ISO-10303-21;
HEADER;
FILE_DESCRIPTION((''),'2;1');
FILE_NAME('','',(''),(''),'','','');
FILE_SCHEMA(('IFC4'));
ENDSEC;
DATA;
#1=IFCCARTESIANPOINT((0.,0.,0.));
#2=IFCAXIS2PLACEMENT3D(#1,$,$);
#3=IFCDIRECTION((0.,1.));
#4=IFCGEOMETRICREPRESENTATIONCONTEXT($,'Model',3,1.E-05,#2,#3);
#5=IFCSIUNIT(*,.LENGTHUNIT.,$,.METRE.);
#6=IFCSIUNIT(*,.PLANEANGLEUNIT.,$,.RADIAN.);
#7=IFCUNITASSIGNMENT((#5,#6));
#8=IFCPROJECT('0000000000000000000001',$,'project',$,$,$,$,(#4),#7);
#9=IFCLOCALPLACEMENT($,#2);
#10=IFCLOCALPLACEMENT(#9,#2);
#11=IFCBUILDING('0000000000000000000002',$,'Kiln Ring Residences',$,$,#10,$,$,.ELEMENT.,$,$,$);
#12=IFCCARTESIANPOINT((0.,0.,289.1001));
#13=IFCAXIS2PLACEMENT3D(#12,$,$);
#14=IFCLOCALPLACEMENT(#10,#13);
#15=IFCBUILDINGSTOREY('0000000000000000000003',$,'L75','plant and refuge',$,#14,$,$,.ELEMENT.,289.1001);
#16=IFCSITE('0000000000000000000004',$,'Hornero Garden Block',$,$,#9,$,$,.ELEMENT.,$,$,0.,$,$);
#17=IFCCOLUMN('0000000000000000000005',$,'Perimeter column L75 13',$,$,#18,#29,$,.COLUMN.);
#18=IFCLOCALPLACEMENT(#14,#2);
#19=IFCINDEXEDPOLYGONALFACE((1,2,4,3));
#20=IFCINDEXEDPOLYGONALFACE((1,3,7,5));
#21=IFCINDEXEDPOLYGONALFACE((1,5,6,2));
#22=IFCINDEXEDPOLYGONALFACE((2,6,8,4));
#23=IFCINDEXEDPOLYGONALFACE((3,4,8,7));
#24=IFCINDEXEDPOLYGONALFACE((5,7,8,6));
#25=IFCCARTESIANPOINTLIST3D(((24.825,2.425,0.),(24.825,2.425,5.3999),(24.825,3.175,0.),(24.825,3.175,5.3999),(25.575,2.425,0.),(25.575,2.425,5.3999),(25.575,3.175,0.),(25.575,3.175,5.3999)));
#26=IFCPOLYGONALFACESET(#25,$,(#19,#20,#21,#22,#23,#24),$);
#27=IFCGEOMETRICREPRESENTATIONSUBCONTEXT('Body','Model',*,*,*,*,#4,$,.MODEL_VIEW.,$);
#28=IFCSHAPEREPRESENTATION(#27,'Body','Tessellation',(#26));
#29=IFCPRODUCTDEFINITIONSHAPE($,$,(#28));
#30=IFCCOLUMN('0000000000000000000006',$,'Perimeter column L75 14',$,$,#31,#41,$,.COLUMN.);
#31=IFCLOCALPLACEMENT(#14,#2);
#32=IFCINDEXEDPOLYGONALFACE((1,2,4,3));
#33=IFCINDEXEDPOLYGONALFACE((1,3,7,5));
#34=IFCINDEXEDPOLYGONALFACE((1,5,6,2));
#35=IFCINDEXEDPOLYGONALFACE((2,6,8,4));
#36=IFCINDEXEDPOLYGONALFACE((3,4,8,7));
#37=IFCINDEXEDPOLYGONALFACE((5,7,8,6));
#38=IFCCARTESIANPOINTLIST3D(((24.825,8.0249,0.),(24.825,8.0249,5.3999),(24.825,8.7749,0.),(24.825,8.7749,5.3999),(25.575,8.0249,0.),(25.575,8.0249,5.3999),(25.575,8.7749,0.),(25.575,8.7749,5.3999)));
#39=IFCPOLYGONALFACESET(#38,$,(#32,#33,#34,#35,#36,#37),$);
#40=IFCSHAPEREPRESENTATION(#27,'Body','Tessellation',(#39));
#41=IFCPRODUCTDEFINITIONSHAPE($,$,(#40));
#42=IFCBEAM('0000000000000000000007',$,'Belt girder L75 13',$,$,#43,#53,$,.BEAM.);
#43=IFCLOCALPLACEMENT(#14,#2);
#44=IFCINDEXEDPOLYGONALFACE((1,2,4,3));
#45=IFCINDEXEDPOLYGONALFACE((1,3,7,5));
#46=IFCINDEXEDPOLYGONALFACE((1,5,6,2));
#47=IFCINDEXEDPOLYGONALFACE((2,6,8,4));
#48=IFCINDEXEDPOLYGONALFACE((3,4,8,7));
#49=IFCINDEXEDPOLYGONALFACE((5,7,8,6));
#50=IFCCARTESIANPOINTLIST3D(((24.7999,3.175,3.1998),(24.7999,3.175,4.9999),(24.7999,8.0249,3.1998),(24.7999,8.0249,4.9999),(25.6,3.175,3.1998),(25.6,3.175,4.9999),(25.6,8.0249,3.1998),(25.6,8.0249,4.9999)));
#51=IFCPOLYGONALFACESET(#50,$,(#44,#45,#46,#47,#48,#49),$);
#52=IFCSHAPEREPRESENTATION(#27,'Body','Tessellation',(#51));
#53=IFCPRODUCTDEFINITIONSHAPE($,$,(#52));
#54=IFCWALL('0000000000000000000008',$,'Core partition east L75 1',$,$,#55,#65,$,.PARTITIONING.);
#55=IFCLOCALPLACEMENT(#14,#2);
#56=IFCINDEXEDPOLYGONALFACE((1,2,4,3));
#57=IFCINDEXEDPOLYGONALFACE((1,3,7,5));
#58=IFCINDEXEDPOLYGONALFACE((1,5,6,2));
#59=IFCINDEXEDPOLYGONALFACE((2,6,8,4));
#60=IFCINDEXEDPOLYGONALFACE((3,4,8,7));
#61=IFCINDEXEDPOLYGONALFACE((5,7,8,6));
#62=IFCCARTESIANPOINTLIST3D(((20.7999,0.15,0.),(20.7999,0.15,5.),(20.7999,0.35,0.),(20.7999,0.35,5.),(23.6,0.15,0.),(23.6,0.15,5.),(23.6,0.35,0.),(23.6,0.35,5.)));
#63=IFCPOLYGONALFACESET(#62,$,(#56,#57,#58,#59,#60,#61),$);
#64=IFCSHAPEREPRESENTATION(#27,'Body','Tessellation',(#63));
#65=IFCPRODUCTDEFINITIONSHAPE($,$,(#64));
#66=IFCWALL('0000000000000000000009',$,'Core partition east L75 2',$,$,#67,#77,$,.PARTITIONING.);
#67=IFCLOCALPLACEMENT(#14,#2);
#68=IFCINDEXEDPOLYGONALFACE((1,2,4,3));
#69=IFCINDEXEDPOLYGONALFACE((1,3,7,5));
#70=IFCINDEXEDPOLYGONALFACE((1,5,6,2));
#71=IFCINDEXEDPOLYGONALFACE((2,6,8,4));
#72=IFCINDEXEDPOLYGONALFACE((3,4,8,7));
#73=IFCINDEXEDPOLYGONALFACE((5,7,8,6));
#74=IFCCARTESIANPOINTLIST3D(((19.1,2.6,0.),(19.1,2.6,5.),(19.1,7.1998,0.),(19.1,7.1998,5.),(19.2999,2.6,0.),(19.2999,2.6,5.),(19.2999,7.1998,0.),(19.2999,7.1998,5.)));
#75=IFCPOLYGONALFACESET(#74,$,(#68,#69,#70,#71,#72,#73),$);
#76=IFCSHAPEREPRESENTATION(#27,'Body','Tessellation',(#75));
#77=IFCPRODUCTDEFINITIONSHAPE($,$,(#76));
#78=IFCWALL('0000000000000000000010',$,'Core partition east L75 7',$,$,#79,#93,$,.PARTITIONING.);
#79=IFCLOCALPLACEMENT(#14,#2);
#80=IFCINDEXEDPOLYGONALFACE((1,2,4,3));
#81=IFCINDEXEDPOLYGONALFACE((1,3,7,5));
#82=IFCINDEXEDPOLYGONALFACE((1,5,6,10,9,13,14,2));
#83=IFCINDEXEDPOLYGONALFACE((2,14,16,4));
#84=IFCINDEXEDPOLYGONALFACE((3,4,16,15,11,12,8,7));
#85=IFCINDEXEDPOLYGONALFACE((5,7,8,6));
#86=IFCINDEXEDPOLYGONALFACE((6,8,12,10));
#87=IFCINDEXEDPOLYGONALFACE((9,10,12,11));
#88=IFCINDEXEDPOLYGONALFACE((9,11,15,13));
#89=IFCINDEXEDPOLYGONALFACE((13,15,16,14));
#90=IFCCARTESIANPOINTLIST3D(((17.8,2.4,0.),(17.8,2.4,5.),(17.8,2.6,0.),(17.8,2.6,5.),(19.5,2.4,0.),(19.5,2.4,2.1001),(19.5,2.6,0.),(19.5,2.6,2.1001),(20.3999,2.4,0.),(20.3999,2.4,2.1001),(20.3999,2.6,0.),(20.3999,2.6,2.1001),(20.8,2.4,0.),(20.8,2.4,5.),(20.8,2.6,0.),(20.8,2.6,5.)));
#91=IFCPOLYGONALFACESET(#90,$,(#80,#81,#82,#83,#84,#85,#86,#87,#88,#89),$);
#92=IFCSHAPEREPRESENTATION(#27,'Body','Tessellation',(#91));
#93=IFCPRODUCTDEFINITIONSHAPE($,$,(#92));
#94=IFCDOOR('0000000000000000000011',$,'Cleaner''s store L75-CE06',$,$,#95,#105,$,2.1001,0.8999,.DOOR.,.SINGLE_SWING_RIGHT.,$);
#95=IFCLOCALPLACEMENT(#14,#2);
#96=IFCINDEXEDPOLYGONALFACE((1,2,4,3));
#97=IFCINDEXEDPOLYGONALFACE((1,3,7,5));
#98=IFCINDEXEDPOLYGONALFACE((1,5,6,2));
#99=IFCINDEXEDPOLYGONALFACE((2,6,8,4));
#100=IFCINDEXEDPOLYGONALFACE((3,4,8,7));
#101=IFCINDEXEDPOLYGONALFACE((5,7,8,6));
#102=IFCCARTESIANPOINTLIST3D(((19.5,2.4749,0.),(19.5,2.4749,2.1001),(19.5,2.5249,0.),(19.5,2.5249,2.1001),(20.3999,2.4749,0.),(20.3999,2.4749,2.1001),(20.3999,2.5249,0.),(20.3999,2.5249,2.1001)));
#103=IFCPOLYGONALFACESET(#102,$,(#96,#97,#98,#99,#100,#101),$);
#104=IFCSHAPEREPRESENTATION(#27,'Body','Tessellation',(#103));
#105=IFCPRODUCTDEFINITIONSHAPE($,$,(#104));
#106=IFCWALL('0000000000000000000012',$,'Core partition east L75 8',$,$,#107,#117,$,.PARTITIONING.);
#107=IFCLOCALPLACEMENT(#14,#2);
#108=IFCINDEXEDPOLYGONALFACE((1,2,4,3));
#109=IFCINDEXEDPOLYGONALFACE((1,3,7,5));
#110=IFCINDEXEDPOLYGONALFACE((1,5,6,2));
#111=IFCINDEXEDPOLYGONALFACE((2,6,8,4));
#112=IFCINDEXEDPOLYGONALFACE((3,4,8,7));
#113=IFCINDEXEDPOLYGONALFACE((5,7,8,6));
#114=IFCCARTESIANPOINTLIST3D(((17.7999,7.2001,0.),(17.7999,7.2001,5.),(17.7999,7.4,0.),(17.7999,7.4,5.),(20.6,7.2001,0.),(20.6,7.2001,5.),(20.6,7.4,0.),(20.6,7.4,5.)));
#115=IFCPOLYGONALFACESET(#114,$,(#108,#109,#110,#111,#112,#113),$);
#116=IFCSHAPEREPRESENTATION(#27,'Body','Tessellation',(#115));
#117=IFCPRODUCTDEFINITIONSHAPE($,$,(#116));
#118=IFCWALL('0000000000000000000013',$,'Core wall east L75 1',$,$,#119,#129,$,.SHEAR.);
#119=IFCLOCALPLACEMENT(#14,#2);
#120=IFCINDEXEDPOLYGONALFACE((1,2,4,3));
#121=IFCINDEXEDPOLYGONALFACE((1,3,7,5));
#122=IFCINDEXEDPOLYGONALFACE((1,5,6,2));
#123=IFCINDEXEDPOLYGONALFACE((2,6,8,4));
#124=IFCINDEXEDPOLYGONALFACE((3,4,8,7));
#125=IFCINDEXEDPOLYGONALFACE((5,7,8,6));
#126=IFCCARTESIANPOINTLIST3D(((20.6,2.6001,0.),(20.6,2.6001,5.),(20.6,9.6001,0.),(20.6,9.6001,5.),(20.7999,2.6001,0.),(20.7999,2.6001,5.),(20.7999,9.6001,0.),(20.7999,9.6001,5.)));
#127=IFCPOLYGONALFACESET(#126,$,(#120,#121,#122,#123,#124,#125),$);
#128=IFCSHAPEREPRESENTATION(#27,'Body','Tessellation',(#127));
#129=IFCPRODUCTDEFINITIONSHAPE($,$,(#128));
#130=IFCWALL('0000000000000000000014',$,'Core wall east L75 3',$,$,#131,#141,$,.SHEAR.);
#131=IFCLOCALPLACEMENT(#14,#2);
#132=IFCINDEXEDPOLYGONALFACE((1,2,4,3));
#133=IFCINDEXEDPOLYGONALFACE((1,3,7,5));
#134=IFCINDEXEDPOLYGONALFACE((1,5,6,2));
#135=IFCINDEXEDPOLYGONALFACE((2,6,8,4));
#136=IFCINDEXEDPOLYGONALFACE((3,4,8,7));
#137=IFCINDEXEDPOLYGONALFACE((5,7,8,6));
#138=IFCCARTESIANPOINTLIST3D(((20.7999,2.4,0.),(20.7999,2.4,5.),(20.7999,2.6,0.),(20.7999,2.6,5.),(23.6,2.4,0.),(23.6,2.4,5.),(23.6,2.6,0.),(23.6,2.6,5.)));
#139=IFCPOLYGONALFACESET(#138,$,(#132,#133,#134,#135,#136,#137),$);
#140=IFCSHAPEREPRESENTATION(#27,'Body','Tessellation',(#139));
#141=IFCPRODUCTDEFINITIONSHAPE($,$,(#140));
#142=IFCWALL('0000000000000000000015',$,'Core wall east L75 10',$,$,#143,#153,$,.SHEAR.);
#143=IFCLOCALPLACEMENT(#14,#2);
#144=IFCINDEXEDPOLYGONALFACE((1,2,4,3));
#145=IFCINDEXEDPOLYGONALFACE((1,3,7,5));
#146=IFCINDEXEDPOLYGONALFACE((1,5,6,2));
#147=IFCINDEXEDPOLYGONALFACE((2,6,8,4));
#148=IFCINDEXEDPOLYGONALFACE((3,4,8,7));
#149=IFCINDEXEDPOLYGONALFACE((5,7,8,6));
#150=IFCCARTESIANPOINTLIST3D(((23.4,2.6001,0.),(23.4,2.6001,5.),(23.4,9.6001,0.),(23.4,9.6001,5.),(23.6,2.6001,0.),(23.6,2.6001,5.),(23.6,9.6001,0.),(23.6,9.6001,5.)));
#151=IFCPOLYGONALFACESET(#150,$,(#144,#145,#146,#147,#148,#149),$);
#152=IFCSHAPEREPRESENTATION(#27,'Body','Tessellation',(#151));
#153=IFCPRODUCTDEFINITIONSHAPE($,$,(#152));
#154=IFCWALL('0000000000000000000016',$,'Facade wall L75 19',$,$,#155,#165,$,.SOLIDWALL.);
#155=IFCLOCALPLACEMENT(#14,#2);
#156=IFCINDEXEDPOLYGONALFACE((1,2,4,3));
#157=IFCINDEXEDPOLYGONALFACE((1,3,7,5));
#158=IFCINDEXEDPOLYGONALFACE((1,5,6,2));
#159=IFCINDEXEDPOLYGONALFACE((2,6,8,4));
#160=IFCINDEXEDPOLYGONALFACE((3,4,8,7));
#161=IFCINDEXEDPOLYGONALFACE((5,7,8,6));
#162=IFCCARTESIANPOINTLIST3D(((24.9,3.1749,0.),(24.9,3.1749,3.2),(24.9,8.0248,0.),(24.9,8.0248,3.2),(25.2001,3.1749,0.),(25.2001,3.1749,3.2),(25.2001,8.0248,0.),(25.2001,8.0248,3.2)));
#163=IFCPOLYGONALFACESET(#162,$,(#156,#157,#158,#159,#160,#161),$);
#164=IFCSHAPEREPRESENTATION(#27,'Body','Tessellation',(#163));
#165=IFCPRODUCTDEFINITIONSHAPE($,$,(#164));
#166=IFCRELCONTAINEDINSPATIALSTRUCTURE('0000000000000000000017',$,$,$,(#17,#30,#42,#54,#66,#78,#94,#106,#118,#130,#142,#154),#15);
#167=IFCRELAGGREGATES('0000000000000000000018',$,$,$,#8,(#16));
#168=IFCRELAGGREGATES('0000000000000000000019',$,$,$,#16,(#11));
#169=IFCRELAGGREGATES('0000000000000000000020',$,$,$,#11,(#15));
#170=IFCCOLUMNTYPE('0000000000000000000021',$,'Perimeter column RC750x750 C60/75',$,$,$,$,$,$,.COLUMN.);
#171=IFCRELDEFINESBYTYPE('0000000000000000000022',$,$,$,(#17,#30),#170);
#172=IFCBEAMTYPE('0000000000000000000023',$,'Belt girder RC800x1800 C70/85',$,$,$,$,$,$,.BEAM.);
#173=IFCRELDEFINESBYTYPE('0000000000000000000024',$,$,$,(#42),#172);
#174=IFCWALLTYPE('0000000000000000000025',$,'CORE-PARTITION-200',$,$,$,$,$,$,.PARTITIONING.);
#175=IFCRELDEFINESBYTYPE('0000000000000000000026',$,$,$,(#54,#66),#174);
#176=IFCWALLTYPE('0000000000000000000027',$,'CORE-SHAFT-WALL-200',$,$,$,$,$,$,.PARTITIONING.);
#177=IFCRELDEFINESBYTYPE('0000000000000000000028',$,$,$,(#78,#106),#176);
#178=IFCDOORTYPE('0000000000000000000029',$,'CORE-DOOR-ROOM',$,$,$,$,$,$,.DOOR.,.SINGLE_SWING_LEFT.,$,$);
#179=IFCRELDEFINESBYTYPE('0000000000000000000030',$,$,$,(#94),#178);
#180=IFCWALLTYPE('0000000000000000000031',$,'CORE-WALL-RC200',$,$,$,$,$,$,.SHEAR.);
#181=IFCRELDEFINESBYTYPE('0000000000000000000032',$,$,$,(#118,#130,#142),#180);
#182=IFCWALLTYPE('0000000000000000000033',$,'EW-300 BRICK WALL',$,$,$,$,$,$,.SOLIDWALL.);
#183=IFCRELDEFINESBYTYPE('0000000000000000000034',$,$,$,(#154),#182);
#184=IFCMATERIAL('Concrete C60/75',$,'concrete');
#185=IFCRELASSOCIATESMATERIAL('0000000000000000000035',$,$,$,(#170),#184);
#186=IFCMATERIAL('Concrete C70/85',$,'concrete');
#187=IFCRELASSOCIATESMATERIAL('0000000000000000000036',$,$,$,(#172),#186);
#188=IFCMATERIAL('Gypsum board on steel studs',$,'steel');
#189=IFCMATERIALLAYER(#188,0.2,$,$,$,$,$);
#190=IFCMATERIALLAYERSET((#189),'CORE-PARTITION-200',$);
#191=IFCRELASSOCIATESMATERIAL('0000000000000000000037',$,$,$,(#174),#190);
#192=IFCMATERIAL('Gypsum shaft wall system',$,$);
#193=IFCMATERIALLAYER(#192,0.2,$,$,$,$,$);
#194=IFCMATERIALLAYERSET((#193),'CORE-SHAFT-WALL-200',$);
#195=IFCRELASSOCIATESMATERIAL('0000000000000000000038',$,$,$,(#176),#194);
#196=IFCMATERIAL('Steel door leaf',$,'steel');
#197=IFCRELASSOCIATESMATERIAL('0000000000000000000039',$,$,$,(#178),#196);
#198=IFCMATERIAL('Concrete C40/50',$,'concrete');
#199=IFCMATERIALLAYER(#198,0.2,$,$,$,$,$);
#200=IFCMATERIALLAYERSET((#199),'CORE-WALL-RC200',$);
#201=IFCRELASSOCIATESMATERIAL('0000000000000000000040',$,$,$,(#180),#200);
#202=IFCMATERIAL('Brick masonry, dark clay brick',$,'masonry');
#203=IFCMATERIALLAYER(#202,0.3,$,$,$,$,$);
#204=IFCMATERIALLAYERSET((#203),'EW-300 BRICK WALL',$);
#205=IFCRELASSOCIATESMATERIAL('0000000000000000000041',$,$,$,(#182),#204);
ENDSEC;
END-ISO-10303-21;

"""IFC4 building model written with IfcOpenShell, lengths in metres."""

from ifc_helpers import new_model, si_unit, direction, frame, frame_2d, origin, origin_2d, place, context, subcontext, project, spatial, rectangle, extrude, material, layer, layer_set, material_profile, profile_set, type_object, element, fill, save


model = new_model("IFC4")

# Units and contexts
model_context = context("Model", 3, precision=1e-05, world=origin(), true_north=direction((0.0, 1.0)))
body_context = subcontext(model_context, "Body", "Model", "MODEL_VIEW")
ifc_project = project(units=[si_unit("LENGTHUNIT", "METRE"), si_unit("PLANEANGLEUNIT", "RADIAN")], contexts=[model_context])

# Site, building, storey
site_placement = place(None, origin())
site = spatial("IfcSite", under=ifc_project, at=site_placement, Name="Hornero Garden Block", CompositionType="ELEMENT", RefElevation=0.0)
building_placement = place(site_placement, origin())
building = spatial("IfcBuilding", under=site, at=building_placement, Name="Kiln Ring Residences", CompositionType="ELEMENT")
storey_placement = place(building_placement, frame((0.0, 0.0, 289.1001)))
storey = spatial("IfcBuildingStorey", under=building, at=storey_placement, Name="L75", Description="plant and refuge", CompositionType="ELEMENT", Elevation=289.1001)

# Columns
ifc_material_1 = material(Name="Concrete C60/75", Category="concrete")
ifc_material_profile_1 = material_profile(ifc_material_1, rectangle(XDim=0.75, YDim=0.75, at=origin_2d()), Name="RC750x750")
ifc_profile_set_1 = profile_set([ifc_material_profile_1], Name="Concrete C60/75")
column_type = type_object("IfcColumnType", Name="Perimeter column RC750x750 C60/75", PredefinedType="COLUMN", material=ifc_profile_set_1)
for number, where, z_axis, x_axis, name in (
    (1, (25.2, 2.8, 0.0), (0.0, 0.0, 1.0), (1.0, 0.0, 0.0), "Perimeter column L75 13"),
    (2, (25.2, 8.3999, 0.0), (0.0, 0.0, 1.0), (1.0, 0.0, 0.0), "Perimeter column L75 14"),
):
    element("IfcColumn", number, at=place(storey_placement, frame(where, z_axis=z_axis, x_axis=x_axis)), inside=storey, type_object=column_type, Name=name, PredefinedType="COLUMN", context=body_context, shape_type="SweptSolid", body=[
        extrude(rectangle(XDim=0.75, YDim=0.75, at=origin_2d()), origin(), (0.0, 0.0, 1.0), 5.3999),
    ])

# Beam
ifc_material_2 = material(Name="Concrete C70/85", Category="concrete")
ifc_material_profile_2 = material_profile(ifc_material_2, rectangle(XDim=0.8, YDim=1.8, at=origin_2d()), Name="RC800x1800")
ifc_profile_set_2 = profile_set([ifc_material_profile_2], Name="Concrete C70/85")
beam_type = type_object("IfcBeamType", Name="Belt girder RC800x1800 C70/85", PredefinedType="BEAM", material=ifc_profile_set_2)
beam_placement = place(storey_placement, frame((25.2, 3.175, 4.0999), z_axis=(0.0, 1.0, 0.0), x_axis=(-1.0, 0.0, 0.0)))
element("IfcBeam", 3, at=beam_placement, inside=storey, type_object=beam_type, Name="Belt girder L75 13", PredefinedType="BEAM", context=body_context, shape_type="SweptSolid", body=[
    extrude(rectangle(XDim=0.8, YDim=1.8, at=origin_2d()), origin(), (0.0, 0.0, 1.0), 4.8499),
])

# Walls
ifc_material_3 = material(Name="Gypsum board on steel studs", Category="steel")
ifc_layer_1 = layer(ifc_material_3, 0.2)
ifc_layer_set_1 = layer_set([ifc_layer_1], Name="CORE-PARTITION-200")
wall_type_1 = type_object("IfcWallType", Name="CORE-PARTITION-200", PredefinedType="PARTITIONING", material=ifc_layer_set_1)
wall_1_placement = place(storey_placement, frame((20.8, 0.25, 0.0), z_axis=(0.0, 0.0, 1.0), x_axis=(1.0, 0.0, 0.0)))
element("IfcWall", 4, at=wall_1_placement, inside=storey, type_object=wall_type_1, Name="Core partition east L75 1", PredefinedType="PARTITIONING", context=body_context, shape_type="SweptSolid", body=[
    extrude(rectangle(XDim=2.8, YDim=0.2, at=frame_2d((1.3999, 0.0))), origin(), (0.0, 0.0, 1.0), 5.0),
])
wall_2_placement = place(storey_placement, frame((19.2, 2.6001, 0.0), z_axis=(0.0, 0.0, 1.0), x_axis=(0.0, 1.0, 0.0)))
element("IfcWall", 5, at=wall_2_placement, inside=storey, type_object=wall_type_1, Name="Core partition east L75 2", PredefinedType="PARTITIONING", context=body_context, shape_type="SweptSolid", body=[
    extrude(rectangle(XDim=4.5999, YDim=0.2, at=frame_2d((2.2998, 0.0))), origin(), (0.0, 0.0, 1.0), 5.0),
])

# Wall, opening, door
ifc_material_4 = material(Name="Gypsum shaft wall system")
ifc_layer_2 = layer(ifc_material_4, 0.2)
ifc_layer_set_2 = layer_set([ifc_layer_2], Name="CORE-SHAFT-WALL-200")
wall_type_2 = type_object("IfcWallType", Name="CORE-SHAFT-WALL-200", PredefinedType="PARTITIONING", material=ifc_layer_set_2)
wall_3_placement = place(storey_placement, frame((17.8, 2.5, 0.0), z_axis=(0.0, 0.0, 1.0), x_axis=(1.0, 0.0, 0.0)))
wall_3 = element("IfcWall", 6, at=wall_3_placement, inside=storey, type_object=wall_type_2, Name="Core partition east L75 7", PredefinedType="PARTITIONING", context=body_context, shape_type="SweptSolid", body=[
    extrude(rectangle(XDim=3.0, YDim=0.2, at=frame_2d((1.5, 0.0))), origin(), (0.0, 0.0, 1.0), 5.0),
])
opening_placement = place(wall_3_placement, frame((1.7, 0.0, 0.0)))
opening = element("IfcOpeningElement", 7, at=opening_placement, cuts=wall_3, PredefinedType="OPENING", context=body_context, shape_type="SweptSolid", body=[
    extrude(rectangle(XDim=0.8999, YDim=2.1001, at=frame_2d((0.45, 1.05))), frame((0.0, 0.1099, 0.0), z_axis=(0.0, -1.0, 0.0), x_axis=(1.0, 0.0, 0.0)), (0.0, 0.0, 1.0), 0.22),
])
ifc_material_5 = material(Name="Steel door leaf", Category="steel")
door_type = type_object("IfcDoorType", Name="CORE-DOOR-ROOM", OperationType="SINGLE_SWING_LEFT", PredefinedType="DOOR", material=ifc_material_5)
door_placement = place(opening_placement, origin())
door = element("IfcDoor", 8, at=door_placement, inside=storey, type_object=door_type, Name="Cleaner's store L75-CE06", OperationType="SINGLE_SWING_RIGHT", OverallHeight=2.1001, OverallWidth=0.8999, PredefinedType="DOOR", context=body_context, shape_type="SweptSolid", body=[
    extrude(rectangle(XDim=0.8999, YDim=2.1001, at=frame_2d((0.45, 1.05))), frame((0.0, 0.0249, 0.0), z_axis=(0.0, -1.0, 0.0), x_axis=(1.0, 0.0, 0.0)), (0.0, 0.0, 1.0), 0.05),
])
fill(opening, door)

# Walls
wall_4_placement = place(storey_placement, frame((17.8, 7.3, 0.0), z_axis=(0.0, 0.0, 1.0), x_axis=(1.0, 0.0, 0.0)))
element("IfcWall", 9, at=wall_4_placement, inside=storey, type_object=wall_type_2, Name="Core partition east L75 8", PredefinedType="PARTITIONING", context=body_context, shape_type="SweptSolid", body=[
    extrude(rectangle(XDim=2.8, YDim=0.2, at=frame_2d((1.3999, 0.0))), origin(), (0.0, 0.0, 1.0), 5.0),
])
ifc_material_6 = material(Name="Concrete C40/50", Category="concrete")
ifc_layer_3 = layer(ifc_material_6, 0.2)
ifc_layer_set_3 = layer_set([ifc_layer_3], Name="CORE-WALL-RC200")
wall_type_3 = type_object("IfcWallType", Name="CORE-WALL-RC200", PredefinedType="SHEAR", material=ifc_layer_set_3)
wall_5_placement = place(storey_placement, frame((20.7, 2.6001, 0.0), z_axis=(0.0, 0.0, 1.0), x_axis=(0.0, 1.0, 0.0)))
element("IfcWall", 10, at=wall_5_placement, inside=storey, type_object=wall_type_3, Name="Core wall east L75 1", PredefinedType="SHEAR", context=body_context, shape_type="SweptSolid", body=[
    extrude(rectangle(XDim=7.0, YDim=0.2, at=frame_2d((3.5, 0.0))), origin(), (0.0, 0.0, 1.0), 5.0),
])
wall_6_placement = place(storey_placement, frame((20.8, 2.5, 0.0), z_axis=(0.0, 0.0, 1.0), x_axis=(1.0, 0.0, 0.0)))
element("IfcWall", 11, at=wall_6_placement, inside=storey, type_object=wall_type_3, Name="Core wall east L75 3", PredefinedType="SHEAR", context=body_context, shape_type="SweptSolid", body=[
    extrude(rectangle(XDim=2.8, YDim=0.2, at=frame_2d((1.3999, 0.0))), origin(), (0.0, 0.0, 1.0), 5.0),
])
wall_7_placement = place(storey_placement, frame((23.5, 2.6001, 0.0), z_axis=(0.0, 0.0, 1.0), x_axis=(0.0, 1.0, 0.0)))
element("IfcWall", 12, at=wall_7_placement, inside=storey, type_object=wall_type_3, Name="Core wall east L75 10", PredefinedType="SHEAR", context=body_context, shape_type="SweptSolid", body=[
    extrude(rectangle(XDim=7.0, YDim=0.2, at=frame_2d((3.5, 0.0))), origin(), (0.0, 0.0, 1.0), 5.0),
])
ifc_material_7 = material(Name="Brick masonry, dark clay brick", Category="masonry")
ifc_layer_4 = layer(ifc_material_7, 0.3)
ifc_layer_set_4 = layer_set([ifc_layer_4], Name="EW-300 BRICK WALL")
wall_type_4 = type_object("IfcWallType", Name="EW-300 BRICK WALL", PredefinedType="SOLIDWALL", material=ifc_layer_set_4)
wall_8_placement = place(storey_placement, frame((25.05, 3.175, 0.0), z_axis=(0.0, 0.0, 1.0), x_axis=(0.0, 1.0, 0.0)))
element("IfcWall", 13, at=wall_8_placement, inside=storey, type_object=wall_type_4, Name="Facade wall L75 19", PredefinedType="SOLIDWALL", context=body_context, shape_type="SweptSolid", body=[
    extrude(rectangle(XDim=4.8499, YDim=0.3, at=frame_2d((2.4248, 0.0))), origin(), (0.0, 0.0, 1.0), 3.2),
])

save(model, "model.ifc")
